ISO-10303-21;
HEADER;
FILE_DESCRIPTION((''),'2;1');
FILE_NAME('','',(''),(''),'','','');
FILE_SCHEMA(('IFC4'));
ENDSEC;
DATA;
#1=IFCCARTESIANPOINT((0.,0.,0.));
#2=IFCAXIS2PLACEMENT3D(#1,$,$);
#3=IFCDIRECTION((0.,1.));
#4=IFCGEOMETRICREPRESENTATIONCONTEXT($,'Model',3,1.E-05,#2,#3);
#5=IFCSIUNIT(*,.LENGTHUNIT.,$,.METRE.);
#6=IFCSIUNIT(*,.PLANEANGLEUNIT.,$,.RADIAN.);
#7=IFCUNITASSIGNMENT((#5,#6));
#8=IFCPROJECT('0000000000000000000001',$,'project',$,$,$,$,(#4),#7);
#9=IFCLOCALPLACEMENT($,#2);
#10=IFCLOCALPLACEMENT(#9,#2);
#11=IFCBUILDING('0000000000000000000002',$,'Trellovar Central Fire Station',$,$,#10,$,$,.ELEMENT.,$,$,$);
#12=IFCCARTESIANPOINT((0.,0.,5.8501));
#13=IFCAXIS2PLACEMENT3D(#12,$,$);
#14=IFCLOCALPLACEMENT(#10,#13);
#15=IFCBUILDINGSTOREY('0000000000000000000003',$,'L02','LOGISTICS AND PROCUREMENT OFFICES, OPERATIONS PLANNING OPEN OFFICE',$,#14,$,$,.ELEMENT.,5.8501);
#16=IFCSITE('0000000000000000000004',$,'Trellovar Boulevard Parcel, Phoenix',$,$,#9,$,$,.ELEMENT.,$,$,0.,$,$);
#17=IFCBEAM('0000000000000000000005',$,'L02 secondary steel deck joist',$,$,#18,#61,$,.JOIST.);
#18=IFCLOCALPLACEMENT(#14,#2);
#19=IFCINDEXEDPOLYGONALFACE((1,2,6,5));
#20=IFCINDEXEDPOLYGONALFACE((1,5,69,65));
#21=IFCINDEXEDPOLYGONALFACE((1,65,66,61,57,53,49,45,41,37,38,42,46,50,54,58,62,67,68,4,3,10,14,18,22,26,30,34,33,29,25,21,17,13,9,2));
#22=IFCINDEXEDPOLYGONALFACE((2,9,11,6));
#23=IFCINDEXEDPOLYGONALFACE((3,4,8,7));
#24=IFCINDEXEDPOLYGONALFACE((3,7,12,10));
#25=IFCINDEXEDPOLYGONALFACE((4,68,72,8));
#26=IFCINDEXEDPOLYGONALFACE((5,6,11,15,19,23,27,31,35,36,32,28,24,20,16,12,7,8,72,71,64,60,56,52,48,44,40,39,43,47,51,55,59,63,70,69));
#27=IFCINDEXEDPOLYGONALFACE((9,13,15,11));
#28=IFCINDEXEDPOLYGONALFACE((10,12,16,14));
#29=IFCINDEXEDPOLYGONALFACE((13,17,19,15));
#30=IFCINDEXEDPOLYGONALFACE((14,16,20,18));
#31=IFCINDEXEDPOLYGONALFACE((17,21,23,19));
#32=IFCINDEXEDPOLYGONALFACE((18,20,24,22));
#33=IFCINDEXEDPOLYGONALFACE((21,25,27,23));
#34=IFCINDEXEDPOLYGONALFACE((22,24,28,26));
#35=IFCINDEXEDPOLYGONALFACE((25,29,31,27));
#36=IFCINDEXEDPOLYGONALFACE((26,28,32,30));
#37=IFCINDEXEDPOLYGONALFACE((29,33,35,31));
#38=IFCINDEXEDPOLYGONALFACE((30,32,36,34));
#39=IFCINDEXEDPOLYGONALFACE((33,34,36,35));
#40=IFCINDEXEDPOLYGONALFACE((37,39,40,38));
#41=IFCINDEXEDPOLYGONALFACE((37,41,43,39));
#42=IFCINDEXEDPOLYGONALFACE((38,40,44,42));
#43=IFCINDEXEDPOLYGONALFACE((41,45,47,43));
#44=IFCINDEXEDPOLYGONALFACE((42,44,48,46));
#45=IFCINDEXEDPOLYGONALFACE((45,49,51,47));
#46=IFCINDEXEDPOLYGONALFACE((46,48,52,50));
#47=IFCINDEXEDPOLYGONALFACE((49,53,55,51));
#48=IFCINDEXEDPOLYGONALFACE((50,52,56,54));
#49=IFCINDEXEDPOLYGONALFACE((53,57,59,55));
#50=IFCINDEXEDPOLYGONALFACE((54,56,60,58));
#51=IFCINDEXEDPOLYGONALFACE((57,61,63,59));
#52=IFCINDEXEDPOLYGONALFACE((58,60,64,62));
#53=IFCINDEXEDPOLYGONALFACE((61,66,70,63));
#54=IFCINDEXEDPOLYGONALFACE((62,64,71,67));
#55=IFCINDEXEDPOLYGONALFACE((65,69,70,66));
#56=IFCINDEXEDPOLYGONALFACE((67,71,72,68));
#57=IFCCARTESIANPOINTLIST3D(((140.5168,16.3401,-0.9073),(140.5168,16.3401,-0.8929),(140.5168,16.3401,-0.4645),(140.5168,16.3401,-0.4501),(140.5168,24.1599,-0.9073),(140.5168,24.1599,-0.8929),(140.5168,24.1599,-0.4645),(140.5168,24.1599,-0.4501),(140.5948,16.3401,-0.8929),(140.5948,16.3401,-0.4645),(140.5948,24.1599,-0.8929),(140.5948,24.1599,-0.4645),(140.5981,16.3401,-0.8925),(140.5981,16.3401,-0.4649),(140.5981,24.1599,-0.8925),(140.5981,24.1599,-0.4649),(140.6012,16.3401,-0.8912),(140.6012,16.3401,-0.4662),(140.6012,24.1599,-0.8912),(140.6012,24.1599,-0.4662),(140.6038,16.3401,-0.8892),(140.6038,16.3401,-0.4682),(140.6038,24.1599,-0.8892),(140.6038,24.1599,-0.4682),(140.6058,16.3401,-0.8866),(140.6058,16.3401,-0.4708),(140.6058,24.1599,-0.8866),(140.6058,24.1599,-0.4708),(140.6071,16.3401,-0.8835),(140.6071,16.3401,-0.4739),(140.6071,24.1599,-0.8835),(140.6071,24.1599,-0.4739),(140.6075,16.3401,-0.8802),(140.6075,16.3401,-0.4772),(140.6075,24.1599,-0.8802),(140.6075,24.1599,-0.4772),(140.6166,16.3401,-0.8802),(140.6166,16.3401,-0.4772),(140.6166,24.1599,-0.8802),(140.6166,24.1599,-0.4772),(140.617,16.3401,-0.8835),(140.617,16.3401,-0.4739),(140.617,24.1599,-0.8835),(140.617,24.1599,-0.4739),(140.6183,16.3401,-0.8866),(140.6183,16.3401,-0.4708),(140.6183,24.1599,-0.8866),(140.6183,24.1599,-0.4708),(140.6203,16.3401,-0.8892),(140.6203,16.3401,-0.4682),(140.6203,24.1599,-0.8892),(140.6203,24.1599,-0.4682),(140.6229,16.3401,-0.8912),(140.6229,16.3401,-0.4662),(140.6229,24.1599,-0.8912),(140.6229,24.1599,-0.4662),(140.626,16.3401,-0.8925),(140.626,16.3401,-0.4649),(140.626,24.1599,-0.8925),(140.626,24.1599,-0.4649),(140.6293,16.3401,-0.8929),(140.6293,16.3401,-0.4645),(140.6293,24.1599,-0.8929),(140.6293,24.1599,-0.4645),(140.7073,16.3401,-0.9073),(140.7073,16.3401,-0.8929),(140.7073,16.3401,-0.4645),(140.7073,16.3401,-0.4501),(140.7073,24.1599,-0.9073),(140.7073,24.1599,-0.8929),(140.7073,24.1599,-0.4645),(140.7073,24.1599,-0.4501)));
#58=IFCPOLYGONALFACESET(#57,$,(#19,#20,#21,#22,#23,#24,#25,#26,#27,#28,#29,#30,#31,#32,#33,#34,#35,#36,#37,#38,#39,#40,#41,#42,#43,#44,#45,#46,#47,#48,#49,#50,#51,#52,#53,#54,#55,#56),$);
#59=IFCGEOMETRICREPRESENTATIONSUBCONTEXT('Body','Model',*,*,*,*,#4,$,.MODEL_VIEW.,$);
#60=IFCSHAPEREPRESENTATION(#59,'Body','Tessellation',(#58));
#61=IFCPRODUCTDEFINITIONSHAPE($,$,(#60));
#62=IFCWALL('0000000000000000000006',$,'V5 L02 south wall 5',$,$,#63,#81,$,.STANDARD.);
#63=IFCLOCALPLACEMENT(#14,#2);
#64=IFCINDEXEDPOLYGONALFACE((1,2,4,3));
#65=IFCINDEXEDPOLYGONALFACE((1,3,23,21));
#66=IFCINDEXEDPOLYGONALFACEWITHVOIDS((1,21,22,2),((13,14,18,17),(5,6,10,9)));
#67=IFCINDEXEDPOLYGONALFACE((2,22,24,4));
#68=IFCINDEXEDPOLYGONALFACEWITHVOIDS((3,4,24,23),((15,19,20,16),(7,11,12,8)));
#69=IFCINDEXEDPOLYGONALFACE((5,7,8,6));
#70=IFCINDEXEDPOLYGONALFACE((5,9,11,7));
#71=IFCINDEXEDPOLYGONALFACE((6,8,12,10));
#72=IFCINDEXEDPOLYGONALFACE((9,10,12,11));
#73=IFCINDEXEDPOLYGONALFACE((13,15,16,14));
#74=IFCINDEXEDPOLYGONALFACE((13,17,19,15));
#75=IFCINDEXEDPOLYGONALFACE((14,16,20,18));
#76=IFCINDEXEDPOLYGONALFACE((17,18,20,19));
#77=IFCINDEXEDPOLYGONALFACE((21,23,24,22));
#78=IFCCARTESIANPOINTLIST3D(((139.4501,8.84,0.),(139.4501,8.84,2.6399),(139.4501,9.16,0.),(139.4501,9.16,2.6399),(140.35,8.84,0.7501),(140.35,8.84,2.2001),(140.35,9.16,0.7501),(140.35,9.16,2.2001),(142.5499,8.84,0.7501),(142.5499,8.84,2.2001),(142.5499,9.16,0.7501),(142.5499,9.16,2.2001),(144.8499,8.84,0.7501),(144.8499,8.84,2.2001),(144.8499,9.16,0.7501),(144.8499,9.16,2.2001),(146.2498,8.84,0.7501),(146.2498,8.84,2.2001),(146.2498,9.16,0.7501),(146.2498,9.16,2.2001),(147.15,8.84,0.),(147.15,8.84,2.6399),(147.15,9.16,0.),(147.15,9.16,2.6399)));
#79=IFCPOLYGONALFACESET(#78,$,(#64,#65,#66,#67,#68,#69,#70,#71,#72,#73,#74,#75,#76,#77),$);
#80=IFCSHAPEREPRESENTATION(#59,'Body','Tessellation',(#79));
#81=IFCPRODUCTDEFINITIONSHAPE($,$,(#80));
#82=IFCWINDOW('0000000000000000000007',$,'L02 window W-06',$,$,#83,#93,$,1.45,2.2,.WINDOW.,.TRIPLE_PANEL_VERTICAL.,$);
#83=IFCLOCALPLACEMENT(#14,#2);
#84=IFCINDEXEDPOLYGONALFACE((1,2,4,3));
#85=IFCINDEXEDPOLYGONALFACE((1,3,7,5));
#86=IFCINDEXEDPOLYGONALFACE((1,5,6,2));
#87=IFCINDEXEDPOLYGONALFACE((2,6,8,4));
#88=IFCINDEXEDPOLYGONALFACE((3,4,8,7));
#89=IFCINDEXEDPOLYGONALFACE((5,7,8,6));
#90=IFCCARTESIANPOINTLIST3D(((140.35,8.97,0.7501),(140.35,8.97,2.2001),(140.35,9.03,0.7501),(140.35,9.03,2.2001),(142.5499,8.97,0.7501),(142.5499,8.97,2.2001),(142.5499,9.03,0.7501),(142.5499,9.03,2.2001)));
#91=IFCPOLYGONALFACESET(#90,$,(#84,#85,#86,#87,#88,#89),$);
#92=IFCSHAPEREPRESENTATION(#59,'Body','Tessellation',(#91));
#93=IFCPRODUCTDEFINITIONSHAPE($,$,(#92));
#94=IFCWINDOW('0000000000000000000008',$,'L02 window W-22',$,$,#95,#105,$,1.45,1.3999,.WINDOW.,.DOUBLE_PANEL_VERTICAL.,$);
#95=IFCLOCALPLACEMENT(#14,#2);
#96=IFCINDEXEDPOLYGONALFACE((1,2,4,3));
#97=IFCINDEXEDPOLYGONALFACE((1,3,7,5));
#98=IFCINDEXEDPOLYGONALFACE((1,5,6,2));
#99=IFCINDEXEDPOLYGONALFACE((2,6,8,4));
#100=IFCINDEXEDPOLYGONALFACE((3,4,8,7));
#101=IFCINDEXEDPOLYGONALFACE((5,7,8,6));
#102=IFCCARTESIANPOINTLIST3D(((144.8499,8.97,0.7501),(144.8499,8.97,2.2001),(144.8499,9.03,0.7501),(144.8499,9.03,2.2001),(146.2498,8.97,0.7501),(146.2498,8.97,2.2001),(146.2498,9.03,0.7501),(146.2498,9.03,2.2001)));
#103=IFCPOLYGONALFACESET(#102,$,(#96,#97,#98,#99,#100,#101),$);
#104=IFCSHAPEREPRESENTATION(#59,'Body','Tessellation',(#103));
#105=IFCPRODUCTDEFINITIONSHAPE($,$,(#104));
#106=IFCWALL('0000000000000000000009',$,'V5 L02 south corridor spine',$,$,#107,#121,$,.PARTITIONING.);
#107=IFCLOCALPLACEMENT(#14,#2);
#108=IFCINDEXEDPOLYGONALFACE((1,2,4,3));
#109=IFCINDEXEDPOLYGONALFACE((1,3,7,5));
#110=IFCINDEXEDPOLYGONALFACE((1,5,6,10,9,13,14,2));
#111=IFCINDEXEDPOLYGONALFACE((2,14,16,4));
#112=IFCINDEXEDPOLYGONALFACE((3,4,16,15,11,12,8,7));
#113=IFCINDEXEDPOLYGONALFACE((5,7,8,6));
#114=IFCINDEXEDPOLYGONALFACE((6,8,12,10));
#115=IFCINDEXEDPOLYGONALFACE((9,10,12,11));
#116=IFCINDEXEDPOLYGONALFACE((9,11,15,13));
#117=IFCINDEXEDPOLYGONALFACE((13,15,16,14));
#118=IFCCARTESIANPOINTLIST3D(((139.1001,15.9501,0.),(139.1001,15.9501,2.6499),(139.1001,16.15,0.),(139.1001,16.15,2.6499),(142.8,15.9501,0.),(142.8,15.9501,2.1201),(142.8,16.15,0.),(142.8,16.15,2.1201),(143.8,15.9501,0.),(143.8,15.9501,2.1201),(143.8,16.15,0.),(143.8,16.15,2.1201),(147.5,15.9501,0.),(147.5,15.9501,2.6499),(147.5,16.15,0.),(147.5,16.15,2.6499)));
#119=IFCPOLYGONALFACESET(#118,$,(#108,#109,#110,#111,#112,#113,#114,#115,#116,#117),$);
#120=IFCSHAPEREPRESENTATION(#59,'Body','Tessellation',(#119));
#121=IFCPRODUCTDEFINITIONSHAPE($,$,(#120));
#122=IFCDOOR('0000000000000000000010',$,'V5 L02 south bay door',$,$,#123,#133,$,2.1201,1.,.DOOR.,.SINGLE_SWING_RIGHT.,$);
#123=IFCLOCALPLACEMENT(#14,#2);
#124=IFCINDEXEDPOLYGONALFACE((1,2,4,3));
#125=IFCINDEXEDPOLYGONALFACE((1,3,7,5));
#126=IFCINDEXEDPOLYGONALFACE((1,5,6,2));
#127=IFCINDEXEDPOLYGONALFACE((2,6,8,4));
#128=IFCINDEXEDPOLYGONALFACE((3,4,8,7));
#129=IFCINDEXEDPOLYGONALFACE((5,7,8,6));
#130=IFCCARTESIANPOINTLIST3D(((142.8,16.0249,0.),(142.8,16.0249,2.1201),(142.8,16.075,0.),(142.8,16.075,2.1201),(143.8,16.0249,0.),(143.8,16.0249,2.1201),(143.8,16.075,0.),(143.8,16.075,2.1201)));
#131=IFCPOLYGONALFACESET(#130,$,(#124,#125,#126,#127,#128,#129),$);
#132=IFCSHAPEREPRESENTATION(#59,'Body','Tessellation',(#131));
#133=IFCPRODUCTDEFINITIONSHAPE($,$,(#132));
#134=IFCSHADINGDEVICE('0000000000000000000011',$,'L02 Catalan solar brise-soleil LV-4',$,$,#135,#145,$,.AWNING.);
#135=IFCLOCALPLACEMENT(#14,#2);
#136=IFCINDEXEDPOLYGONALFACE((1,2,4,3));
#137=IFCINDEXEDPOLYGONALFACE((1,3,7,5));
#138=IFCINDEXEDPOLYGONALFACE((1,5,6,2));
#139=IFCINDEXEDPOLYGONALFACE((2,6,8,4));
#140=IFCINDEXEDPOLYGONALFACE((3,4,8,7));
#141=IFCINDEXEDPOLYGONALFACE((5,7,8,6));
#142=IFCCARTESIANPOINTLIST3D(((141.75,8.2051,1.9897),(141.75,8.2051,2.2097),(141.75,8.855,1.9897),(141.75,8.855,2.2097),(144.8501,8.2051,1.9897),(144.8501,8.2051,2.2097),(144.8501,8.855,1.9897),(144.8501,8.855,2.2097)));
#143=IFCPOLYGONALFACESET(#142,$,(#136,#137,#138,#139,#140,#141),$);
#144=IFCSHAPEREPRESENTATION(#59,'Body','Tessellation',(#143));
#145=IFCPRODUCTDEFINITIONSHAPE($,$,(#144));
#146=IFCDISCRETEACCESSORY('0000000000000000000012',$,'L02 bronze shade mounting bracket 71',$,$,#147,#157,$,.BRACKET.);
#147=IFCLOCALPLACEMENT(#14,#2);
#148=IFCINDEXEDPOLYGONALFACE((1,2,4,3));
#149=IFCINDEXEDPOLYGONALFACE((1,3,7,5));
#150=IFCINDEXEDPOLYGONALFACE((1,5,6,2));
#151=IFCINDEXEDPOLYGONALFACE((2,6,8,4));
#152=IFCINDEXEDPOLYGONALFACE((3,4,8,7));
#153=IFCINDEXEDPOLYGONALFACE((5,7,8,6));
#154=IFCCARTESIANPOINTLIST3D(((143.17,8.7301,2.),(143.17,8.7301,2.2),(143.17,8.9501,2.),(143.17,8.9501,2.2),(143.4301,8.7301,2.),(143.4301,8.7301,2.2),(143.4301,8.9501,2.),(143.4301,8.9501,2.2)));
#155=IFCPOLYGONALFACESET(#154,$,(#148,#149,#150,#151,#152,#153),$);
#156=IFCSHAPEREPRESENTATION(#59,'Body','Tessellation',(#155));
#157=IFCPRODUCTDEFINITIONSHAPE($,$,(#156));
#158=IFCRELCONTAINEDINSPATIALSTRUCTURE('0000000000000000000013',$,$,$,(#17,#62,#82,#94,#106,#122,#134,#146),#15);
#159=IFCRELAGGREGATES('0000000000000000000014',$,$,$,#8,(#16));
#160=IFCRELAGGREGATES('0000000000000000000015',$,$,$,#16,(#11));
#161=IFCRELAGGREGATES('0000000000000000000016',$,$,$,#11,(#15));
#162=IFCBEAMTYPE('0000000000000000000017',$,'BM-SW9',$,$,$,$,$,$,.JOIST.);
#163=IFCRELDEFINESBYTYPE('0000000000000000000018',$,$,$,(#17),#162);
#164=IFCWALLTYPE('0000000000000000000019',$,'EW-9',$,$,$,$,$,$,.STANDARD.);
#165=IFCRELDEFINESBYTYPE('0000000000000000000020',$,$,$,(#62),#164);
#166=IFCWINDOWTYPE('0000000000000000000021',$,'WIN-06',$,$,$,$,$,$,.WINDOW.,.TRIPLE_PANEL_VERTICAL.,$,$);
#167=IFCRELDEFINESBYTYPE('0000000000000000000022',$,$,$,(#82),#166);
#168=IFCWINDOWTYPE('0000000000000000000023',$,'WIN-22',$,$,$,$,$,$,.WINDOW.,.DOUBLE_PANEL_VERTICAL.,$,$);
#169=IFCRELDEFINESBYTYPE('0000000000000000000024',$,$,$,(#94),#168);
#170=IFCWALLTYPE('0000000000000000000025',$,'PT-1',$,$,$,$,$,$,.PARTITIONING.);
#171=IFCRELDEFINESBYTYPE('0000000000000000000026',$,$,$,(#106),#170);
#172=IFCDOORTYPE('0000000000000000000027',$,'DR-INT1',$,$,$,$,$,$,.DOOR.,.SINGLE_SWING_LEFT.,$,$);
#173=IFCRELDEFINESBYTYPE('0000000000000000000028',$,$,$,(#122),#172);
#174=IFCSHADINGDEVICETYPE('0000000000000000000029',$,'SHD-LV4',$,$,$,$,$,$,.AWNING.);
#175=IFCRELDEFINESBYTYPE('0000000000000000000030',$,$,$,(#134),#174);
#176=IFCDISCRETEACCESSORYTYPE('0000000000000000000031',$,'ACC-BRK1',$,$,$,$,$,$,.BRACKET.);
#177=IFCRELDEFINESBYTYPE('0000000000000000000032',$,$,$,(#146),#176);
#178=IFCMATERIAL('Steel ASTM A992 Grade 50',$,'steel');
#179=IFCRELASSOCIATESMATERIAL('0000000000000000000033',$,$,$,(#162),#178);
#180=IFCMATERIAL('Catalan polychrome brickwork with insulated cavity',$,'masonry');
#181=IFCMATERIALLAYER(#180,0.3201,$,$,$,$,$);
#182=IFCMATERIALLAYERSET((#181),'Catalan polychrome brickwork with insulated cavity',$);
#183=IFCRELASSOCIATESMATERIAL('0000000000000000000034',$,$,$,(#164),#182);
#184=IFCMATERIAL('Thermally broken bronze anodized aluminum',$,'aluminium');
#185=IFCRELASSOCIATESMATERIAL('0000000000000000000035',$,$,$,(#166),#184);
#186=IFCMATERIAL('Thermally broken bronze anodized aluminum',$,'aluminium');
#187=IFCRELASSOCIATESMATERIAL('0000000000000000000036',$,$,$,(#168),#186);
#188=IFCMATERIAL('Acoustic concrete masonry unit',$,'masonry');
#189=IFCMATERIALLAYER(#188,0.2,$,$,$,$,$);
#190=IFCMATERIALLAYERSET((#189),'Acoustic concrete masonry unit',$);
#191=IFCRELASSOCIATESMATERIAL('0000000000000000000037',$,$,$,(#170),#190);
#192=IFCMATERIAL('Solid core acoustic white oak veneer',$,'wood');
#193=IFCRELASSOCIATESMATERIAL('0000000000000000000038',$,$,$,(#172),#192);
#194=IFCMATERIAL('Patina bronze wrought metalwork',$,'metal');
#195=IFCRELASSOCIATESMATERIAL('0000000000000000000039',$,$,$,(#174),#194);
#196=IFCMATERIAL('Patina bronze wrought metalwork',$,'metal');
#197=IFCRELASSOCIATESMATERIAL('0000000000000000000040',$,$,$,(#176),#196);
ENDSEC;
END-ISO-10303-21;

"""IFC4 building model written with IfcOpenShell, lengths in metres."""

from ifc_helpers import new_model, si_unit, direction, frame, frame_2d, origin, origin_2d, place, context, subcontext, project, spatial, rectangle, i_section, extrude, material, layer, layer_set, material_profile, profile_set, type_object, element, fill, save


model = new_model("IFC4")

# Units and contexts
model_context = context("Model", 3, precision=1e-05, world=origin(), true_north=direction((0.0, 1.0)))
body_context = subcontext(model_context, "Body", "Model", "MODEL_VIEW")
ifc_project = project(units=[si_unit("LENGTHUNIT", "METRE"), si_unit("PLANEANGLEUNIT", "RADIAN")], contexts=[model_context])

# Site, building, storey
site_placement = place(None, origin())
site = spatial("IfcSite", under=ifc_project, at=site_placement, Name="Trellovar Boulevard Parcel, Phoenix", CompositionType="ELEMENT", RefElevation=0.0)
building_placement = place(site_placement, origin())
building = spatial("IfcBuilding", under=site, at=building_placement, Name="Trellovar Central Fire Station", CompositionType="ELEMENT")
storey_placement = place(building_placement, frame((0.0, 0.0, 5.8501)))
storey = spatial("IfcBuildingStorey", under=building, at=storey_placement, Name="L02", Description="LOGISTICS AND PROCUREMENT OFFICES, OPERATIONS PLANNING OPEN OFFICE", CompositionType="ELEMENT", Elevation=5.8501)

# Beam
ifc_material_1 = material(Name="Steel ASTM A992 Grade 50", Category="steel")
ifc_material_profile_1 = material_profile(ifc_material_1, i_section(OverallWidth=0.1904, OverallDepth=0.4573, WebThickness=0.009, FlangeThickness=0.0144, FilletRadius=0.0127, at=origin_2d()), Name="W18X50")
ifc_profile_set_1 = profile_set([ifc_material_profile_1], Name="Steel ASTM A992 Grade 50")
beam_type_1 = type_object("IfcBeamType", Name="BM-SW9", PredefinedType="JOIST", material=ifc_profile_set_1)
beam_1_placement = place(storey_placement, frame((140.6121, 16.3401, -0.6787), z_axis=(0.0, 1.0, 0.0), x_axis=(-1.0, 0.0, 0.0)))
element("IfcBeam", 1, at=beam_1_placement, inside=storey, type_object=beam_type_1, Name="L02 secondary steel deck joist", PredefinedType="JOIST", context=body_context, shape_type="SweptSolid", body=[
    extrude(i_section(OverallWidth=0.1904, OverallDepth=0.4573, WebThickness=0.009, FlangeThickness=0.0144, FilletRadius=0.0127, at=origin_2d()), origin(), (0.0, 0.0, 1.0), 7.8198),
])

# Wall, openings, windows
ifc_material_2 = material(Name="Catalan polychrome brickwork with insulated cavity", Category="masonry")
ifc_layer_1 = layer(ifc_material_2, 0.3201)
ifc_layer_set_1 = layer_set([ifc_layer_1], Name="Catalan polychrome brickwork with insulated cavity")
wall_type_1 = type_object("IfcWallType", Name="EW-9", PredefinedType="STANDARD", material=ifc_layer_set_1)
wall_1_placement = place(storey_placement, frame((139.45, 9.0, 0.0), z_axis=(0.0, 0.0, 1.0), x_axis=(1.0, 0.0, 0.0)))
wall_1 = element("IfcWall", 2, at=wall_1_placement, inside=storey, type_object=wall_type_1, Name="V5 L02 south wall 5", PredefinedType="STANDARD", context=body_context, shape_type="SweptSolid", body=[
    extrude(rectangle(XDim=7.7, YDim=0.3201, at=frame_2d((3.8501, 0.0))), origin(), (0.0, 0.0, 1.0), 2.6399),
])
opening_1_placement = place(wall_1_placement, frame((0.8999, 0.0, 0.75)))
opening_1 = element("IfcOpeningElement", 3, at=opening_1_placement, cuts=wall_1, PredefinedType="OPENING", context=body_context, shape_type="SweptSolid", body=[
    extrude(rectangle(XDim=2.2, YDim=1.45, at=frame_2d((1.1001, 0.7251))), frame((0.0, 0.1699, 0.0), z_axis=(0.0, -1.0, 0.0), x_axis=(1.0, 0.0, 0.0)), (0.0, 0.0, 1.0), 0.3401),
])
opening_2_placement = place(wall_1_placement, frame((5.3999, 0.0, 0.75)))
opening_2 = element("IfcOpeningElement", 4, at=opening_2_placement, cuts=wall_1, PredefinedType="OPENING", context=body_context, shape_type="SweptSolid", body=[
    extrude(rectangle(XDim=1.3999, YDim=1.45, at=frame_2d((0.7, 0.7251))), frame((0.0, 0.1699, 0.0), z_axis=(0.0, -1.0, 0.0), x_axis=(1.0, 0.0, 0.0)), (0.0, 0.0, 1.0), 0.3401),
])
ifc_material_3 = material(Name="Thermally broken bronze anodized aluminum", Category="aluminium")
window_type_1 = type_object("IfcWindowType", Name="WIN-06", PartitioningType="TRIPLE_PANEL_VERTICAL", PredefinedType="WINDOW", material=ifc_material_3)
window_1_placement = place(opening_1_placement, origin())
window_1 = element("IfcWindow", 5, at=window_1_placement, inside=storey, type_object=window_type_1, Name="L02 window W-06", OverallHeight=1.45, OverallWidth=2.2, PartitioningType="TRIPLE_PANEL_VERTICAL", PredefinedType="WINDOW", context=body_context, shape_type="SweptSolid", body=[
    extrude(rectangle(XDim=2.2, YDim=1.45, at=frame_2d((1.1001, 0.7251))), frame((0.0, 0.03, 0.0), z_axis=(0.0, -1.0, 0.0), x_axis=(1.0, 0.0, 0.0)), (0.0, 0.0, 1.0), 0.0601),
])
fill(opening_1, window_1)
ifc_material_4 = material(Name="Thermally broken bronze anodized aluminum", Category="aluminium")
window_type_2 = type_object("IfcWindowType", Name="WIN-22", PartitioningType="DOUBLE_PANEL_VERTICAL", PredefinedType="WINDOW", material=ifc_material_4)
window_2_placement = place(opening_2_placement, origin())
window_2 = element("IfcWindow", 6, at=window_2_placement, inside=storey, type_object=window_type_2, Name="L02 window W-22", OverallHeight=1.45, OverallWidth=1.3999, PartitioningType="DOUBLE_PANEL_VERTICAL", PredefinedType="WINDOW", context=body_context, shape_type="SweptSolid", body=[
    extrude(rectangle(XDim=1.3999, YDim=1.45, at=frame_2d((0.7, 0.7251))), frame((0.0, 0.03, 0.0), z_axis=(0.0, -1.0, 0.0), x_axis=(1.0, 0.0, 0.0)), (0.0, 0.0, 1.0), 0.0601),
])
fill(opening_2, window_2)

# Wall, opening, door
ifc_material_5 = material(Name="Acoustic concrete masonry unit", Category="masonry")
ifc_layer_2 = layer(ifc_material_5, 0.2)
ifc_layer_set_2 = layer_set([ifc_layer_2], Name="Acoustic concrete masonry unit")
wall_type_2 = type_object("IfcWallType", Name="PT-1", PredefinedType="PARTITIONING", material=ifc_layer_set_2)
wall_2_placement = place(storey_placement, frame((139.1001, 16.05, 0.0), z_axis=(0.0, 0.0, 1.0), x_axis=(1.0, 0.0, 0.0)))
wall_2 = element("IfcWall", 7, at=wall_2_placement, inside=storey, type_object=wall_type_2, Name="V5 L02 south corridor spine", PredefinedType="PARTITIONING", context=body_context, shape_type="SweptSolid", body=[
    extrude(rectangle(XDim=8.3999, YDim=0.2, at=frame_2d((4.2, 0.0))), origin(), (0.0, 0.0, 1.0), 2.6499),
])
opening_3_placement = place(wall_2_placement, frame((3.7, 0.0, 0.0)))
opening_3 = element("IfcOpeningElement", 8, at=opening_3_placement, cuts=wall_2, PredefinedType="OPENING", context=body_context, shape_type="SweptSolid", body=[
    extrude(rectangle(XDim=1.0, YDim=2.1201, at=frame_2d((0.5, 1.0601))), frame((0.0, 0.1099, 0.0), z_axis=(0.0, -1.0, 0.0), x_axis=(1.0, 0.0, 0.0)), (0.0, 0.0, 1.0), 0.22),
])
ifc_material_6 = material(Name="Solid core acoustic white oak veneer", Category="wood")
door_type = type_object("IfcDoorType", Name="DR-INT1", OperationType="SINGLE_SWING_LEFT", PredefinedType="DOOR", material=ifc_material_6)
door_placement = place(opening_3_placement, origin())
door = element("IfcDoor", 9, at=door_placement, inside=storey, type_object=door_type, Name="V5 L02 south bay door", OperationType="SINGLE_SWING_RIGHT", OverallHeight=2.1201, OverallWidth=1.0, PredefinedType="DOOR", context=body_context, shape_type="SweptSolid", body=[
    extrude(rectangle(XDim=1.0, YDim=2.1201, at=frame_2d((0.5, 1.0601))), frame((0.0, 0.0249, 0.0), z_axis=(0.0, -1.0, 0.0), x_axis=(1.0, 0.0, 0.0)), (0.0, 0.0, 1.0), 0.05),
])
fill(opening_3, door)

# Shading device
ifc_material_7 = material(Name="Patina bronze wrought metalwork", Category="metal")
shading_device_type = type_object("IfcShadingDeviceType", Name="SHD-LV4", PredefinedType="AWNING", material=ifc_material_7)
shading_device_placement = place(storey_placement, frame((143.3, 8.53, 1.9897), z_axis=(0.0, 0.0, 1.0), x_axis=(1.0, 0.0, 0.0)))
element("IfcShadingDevice", 10, at=shading_device_placement, inside=storey, type_object=shading_device_type, Name="L02 Catalan solar brise-soleil LV-4", PredefinedType="AWNING", context=body_context, shape_type="SweptSolid", body=[
    extrude(rectangle(XDim=3.1001, YDim=0.6499, at=origin_2d()), origin(), (0.0, 0.0, 1.0), 0.22),
])

# Discrete accessory
ifc_material_8 = material(Name="Patina bronze wrought metalwork", Category="metal")
discrete_accessory_type = type_object("IfcDiscreteAccessoryType", Name="ACC-BRK1", PredefinedType="BRACKET", material=ifc_material_8)
discrete_accessory_placement = place(storey_placement, frame((143.3, 8.8401, 2.0), z_axis=(0.0, 0.0, 1.0), x_axis=(1.0, 0.0, 0.0)))
element("IfcDiscreteAccessory", 11, at=discrete_accessory_placement, inside=storey, type_object=discrete_accessory_type, Name="L02 bronze shade mounting bracket 71", PredefinedType="BRACKET", context=body_context, shape_type="SweptSolid", body=[
    extrude(rectangle(XDim=0.26, YDim=0.22, at=origin_2d()), origin(), (0.0, 0.0, 1.0), 0.2),
])

save(model, "model.ifc")
